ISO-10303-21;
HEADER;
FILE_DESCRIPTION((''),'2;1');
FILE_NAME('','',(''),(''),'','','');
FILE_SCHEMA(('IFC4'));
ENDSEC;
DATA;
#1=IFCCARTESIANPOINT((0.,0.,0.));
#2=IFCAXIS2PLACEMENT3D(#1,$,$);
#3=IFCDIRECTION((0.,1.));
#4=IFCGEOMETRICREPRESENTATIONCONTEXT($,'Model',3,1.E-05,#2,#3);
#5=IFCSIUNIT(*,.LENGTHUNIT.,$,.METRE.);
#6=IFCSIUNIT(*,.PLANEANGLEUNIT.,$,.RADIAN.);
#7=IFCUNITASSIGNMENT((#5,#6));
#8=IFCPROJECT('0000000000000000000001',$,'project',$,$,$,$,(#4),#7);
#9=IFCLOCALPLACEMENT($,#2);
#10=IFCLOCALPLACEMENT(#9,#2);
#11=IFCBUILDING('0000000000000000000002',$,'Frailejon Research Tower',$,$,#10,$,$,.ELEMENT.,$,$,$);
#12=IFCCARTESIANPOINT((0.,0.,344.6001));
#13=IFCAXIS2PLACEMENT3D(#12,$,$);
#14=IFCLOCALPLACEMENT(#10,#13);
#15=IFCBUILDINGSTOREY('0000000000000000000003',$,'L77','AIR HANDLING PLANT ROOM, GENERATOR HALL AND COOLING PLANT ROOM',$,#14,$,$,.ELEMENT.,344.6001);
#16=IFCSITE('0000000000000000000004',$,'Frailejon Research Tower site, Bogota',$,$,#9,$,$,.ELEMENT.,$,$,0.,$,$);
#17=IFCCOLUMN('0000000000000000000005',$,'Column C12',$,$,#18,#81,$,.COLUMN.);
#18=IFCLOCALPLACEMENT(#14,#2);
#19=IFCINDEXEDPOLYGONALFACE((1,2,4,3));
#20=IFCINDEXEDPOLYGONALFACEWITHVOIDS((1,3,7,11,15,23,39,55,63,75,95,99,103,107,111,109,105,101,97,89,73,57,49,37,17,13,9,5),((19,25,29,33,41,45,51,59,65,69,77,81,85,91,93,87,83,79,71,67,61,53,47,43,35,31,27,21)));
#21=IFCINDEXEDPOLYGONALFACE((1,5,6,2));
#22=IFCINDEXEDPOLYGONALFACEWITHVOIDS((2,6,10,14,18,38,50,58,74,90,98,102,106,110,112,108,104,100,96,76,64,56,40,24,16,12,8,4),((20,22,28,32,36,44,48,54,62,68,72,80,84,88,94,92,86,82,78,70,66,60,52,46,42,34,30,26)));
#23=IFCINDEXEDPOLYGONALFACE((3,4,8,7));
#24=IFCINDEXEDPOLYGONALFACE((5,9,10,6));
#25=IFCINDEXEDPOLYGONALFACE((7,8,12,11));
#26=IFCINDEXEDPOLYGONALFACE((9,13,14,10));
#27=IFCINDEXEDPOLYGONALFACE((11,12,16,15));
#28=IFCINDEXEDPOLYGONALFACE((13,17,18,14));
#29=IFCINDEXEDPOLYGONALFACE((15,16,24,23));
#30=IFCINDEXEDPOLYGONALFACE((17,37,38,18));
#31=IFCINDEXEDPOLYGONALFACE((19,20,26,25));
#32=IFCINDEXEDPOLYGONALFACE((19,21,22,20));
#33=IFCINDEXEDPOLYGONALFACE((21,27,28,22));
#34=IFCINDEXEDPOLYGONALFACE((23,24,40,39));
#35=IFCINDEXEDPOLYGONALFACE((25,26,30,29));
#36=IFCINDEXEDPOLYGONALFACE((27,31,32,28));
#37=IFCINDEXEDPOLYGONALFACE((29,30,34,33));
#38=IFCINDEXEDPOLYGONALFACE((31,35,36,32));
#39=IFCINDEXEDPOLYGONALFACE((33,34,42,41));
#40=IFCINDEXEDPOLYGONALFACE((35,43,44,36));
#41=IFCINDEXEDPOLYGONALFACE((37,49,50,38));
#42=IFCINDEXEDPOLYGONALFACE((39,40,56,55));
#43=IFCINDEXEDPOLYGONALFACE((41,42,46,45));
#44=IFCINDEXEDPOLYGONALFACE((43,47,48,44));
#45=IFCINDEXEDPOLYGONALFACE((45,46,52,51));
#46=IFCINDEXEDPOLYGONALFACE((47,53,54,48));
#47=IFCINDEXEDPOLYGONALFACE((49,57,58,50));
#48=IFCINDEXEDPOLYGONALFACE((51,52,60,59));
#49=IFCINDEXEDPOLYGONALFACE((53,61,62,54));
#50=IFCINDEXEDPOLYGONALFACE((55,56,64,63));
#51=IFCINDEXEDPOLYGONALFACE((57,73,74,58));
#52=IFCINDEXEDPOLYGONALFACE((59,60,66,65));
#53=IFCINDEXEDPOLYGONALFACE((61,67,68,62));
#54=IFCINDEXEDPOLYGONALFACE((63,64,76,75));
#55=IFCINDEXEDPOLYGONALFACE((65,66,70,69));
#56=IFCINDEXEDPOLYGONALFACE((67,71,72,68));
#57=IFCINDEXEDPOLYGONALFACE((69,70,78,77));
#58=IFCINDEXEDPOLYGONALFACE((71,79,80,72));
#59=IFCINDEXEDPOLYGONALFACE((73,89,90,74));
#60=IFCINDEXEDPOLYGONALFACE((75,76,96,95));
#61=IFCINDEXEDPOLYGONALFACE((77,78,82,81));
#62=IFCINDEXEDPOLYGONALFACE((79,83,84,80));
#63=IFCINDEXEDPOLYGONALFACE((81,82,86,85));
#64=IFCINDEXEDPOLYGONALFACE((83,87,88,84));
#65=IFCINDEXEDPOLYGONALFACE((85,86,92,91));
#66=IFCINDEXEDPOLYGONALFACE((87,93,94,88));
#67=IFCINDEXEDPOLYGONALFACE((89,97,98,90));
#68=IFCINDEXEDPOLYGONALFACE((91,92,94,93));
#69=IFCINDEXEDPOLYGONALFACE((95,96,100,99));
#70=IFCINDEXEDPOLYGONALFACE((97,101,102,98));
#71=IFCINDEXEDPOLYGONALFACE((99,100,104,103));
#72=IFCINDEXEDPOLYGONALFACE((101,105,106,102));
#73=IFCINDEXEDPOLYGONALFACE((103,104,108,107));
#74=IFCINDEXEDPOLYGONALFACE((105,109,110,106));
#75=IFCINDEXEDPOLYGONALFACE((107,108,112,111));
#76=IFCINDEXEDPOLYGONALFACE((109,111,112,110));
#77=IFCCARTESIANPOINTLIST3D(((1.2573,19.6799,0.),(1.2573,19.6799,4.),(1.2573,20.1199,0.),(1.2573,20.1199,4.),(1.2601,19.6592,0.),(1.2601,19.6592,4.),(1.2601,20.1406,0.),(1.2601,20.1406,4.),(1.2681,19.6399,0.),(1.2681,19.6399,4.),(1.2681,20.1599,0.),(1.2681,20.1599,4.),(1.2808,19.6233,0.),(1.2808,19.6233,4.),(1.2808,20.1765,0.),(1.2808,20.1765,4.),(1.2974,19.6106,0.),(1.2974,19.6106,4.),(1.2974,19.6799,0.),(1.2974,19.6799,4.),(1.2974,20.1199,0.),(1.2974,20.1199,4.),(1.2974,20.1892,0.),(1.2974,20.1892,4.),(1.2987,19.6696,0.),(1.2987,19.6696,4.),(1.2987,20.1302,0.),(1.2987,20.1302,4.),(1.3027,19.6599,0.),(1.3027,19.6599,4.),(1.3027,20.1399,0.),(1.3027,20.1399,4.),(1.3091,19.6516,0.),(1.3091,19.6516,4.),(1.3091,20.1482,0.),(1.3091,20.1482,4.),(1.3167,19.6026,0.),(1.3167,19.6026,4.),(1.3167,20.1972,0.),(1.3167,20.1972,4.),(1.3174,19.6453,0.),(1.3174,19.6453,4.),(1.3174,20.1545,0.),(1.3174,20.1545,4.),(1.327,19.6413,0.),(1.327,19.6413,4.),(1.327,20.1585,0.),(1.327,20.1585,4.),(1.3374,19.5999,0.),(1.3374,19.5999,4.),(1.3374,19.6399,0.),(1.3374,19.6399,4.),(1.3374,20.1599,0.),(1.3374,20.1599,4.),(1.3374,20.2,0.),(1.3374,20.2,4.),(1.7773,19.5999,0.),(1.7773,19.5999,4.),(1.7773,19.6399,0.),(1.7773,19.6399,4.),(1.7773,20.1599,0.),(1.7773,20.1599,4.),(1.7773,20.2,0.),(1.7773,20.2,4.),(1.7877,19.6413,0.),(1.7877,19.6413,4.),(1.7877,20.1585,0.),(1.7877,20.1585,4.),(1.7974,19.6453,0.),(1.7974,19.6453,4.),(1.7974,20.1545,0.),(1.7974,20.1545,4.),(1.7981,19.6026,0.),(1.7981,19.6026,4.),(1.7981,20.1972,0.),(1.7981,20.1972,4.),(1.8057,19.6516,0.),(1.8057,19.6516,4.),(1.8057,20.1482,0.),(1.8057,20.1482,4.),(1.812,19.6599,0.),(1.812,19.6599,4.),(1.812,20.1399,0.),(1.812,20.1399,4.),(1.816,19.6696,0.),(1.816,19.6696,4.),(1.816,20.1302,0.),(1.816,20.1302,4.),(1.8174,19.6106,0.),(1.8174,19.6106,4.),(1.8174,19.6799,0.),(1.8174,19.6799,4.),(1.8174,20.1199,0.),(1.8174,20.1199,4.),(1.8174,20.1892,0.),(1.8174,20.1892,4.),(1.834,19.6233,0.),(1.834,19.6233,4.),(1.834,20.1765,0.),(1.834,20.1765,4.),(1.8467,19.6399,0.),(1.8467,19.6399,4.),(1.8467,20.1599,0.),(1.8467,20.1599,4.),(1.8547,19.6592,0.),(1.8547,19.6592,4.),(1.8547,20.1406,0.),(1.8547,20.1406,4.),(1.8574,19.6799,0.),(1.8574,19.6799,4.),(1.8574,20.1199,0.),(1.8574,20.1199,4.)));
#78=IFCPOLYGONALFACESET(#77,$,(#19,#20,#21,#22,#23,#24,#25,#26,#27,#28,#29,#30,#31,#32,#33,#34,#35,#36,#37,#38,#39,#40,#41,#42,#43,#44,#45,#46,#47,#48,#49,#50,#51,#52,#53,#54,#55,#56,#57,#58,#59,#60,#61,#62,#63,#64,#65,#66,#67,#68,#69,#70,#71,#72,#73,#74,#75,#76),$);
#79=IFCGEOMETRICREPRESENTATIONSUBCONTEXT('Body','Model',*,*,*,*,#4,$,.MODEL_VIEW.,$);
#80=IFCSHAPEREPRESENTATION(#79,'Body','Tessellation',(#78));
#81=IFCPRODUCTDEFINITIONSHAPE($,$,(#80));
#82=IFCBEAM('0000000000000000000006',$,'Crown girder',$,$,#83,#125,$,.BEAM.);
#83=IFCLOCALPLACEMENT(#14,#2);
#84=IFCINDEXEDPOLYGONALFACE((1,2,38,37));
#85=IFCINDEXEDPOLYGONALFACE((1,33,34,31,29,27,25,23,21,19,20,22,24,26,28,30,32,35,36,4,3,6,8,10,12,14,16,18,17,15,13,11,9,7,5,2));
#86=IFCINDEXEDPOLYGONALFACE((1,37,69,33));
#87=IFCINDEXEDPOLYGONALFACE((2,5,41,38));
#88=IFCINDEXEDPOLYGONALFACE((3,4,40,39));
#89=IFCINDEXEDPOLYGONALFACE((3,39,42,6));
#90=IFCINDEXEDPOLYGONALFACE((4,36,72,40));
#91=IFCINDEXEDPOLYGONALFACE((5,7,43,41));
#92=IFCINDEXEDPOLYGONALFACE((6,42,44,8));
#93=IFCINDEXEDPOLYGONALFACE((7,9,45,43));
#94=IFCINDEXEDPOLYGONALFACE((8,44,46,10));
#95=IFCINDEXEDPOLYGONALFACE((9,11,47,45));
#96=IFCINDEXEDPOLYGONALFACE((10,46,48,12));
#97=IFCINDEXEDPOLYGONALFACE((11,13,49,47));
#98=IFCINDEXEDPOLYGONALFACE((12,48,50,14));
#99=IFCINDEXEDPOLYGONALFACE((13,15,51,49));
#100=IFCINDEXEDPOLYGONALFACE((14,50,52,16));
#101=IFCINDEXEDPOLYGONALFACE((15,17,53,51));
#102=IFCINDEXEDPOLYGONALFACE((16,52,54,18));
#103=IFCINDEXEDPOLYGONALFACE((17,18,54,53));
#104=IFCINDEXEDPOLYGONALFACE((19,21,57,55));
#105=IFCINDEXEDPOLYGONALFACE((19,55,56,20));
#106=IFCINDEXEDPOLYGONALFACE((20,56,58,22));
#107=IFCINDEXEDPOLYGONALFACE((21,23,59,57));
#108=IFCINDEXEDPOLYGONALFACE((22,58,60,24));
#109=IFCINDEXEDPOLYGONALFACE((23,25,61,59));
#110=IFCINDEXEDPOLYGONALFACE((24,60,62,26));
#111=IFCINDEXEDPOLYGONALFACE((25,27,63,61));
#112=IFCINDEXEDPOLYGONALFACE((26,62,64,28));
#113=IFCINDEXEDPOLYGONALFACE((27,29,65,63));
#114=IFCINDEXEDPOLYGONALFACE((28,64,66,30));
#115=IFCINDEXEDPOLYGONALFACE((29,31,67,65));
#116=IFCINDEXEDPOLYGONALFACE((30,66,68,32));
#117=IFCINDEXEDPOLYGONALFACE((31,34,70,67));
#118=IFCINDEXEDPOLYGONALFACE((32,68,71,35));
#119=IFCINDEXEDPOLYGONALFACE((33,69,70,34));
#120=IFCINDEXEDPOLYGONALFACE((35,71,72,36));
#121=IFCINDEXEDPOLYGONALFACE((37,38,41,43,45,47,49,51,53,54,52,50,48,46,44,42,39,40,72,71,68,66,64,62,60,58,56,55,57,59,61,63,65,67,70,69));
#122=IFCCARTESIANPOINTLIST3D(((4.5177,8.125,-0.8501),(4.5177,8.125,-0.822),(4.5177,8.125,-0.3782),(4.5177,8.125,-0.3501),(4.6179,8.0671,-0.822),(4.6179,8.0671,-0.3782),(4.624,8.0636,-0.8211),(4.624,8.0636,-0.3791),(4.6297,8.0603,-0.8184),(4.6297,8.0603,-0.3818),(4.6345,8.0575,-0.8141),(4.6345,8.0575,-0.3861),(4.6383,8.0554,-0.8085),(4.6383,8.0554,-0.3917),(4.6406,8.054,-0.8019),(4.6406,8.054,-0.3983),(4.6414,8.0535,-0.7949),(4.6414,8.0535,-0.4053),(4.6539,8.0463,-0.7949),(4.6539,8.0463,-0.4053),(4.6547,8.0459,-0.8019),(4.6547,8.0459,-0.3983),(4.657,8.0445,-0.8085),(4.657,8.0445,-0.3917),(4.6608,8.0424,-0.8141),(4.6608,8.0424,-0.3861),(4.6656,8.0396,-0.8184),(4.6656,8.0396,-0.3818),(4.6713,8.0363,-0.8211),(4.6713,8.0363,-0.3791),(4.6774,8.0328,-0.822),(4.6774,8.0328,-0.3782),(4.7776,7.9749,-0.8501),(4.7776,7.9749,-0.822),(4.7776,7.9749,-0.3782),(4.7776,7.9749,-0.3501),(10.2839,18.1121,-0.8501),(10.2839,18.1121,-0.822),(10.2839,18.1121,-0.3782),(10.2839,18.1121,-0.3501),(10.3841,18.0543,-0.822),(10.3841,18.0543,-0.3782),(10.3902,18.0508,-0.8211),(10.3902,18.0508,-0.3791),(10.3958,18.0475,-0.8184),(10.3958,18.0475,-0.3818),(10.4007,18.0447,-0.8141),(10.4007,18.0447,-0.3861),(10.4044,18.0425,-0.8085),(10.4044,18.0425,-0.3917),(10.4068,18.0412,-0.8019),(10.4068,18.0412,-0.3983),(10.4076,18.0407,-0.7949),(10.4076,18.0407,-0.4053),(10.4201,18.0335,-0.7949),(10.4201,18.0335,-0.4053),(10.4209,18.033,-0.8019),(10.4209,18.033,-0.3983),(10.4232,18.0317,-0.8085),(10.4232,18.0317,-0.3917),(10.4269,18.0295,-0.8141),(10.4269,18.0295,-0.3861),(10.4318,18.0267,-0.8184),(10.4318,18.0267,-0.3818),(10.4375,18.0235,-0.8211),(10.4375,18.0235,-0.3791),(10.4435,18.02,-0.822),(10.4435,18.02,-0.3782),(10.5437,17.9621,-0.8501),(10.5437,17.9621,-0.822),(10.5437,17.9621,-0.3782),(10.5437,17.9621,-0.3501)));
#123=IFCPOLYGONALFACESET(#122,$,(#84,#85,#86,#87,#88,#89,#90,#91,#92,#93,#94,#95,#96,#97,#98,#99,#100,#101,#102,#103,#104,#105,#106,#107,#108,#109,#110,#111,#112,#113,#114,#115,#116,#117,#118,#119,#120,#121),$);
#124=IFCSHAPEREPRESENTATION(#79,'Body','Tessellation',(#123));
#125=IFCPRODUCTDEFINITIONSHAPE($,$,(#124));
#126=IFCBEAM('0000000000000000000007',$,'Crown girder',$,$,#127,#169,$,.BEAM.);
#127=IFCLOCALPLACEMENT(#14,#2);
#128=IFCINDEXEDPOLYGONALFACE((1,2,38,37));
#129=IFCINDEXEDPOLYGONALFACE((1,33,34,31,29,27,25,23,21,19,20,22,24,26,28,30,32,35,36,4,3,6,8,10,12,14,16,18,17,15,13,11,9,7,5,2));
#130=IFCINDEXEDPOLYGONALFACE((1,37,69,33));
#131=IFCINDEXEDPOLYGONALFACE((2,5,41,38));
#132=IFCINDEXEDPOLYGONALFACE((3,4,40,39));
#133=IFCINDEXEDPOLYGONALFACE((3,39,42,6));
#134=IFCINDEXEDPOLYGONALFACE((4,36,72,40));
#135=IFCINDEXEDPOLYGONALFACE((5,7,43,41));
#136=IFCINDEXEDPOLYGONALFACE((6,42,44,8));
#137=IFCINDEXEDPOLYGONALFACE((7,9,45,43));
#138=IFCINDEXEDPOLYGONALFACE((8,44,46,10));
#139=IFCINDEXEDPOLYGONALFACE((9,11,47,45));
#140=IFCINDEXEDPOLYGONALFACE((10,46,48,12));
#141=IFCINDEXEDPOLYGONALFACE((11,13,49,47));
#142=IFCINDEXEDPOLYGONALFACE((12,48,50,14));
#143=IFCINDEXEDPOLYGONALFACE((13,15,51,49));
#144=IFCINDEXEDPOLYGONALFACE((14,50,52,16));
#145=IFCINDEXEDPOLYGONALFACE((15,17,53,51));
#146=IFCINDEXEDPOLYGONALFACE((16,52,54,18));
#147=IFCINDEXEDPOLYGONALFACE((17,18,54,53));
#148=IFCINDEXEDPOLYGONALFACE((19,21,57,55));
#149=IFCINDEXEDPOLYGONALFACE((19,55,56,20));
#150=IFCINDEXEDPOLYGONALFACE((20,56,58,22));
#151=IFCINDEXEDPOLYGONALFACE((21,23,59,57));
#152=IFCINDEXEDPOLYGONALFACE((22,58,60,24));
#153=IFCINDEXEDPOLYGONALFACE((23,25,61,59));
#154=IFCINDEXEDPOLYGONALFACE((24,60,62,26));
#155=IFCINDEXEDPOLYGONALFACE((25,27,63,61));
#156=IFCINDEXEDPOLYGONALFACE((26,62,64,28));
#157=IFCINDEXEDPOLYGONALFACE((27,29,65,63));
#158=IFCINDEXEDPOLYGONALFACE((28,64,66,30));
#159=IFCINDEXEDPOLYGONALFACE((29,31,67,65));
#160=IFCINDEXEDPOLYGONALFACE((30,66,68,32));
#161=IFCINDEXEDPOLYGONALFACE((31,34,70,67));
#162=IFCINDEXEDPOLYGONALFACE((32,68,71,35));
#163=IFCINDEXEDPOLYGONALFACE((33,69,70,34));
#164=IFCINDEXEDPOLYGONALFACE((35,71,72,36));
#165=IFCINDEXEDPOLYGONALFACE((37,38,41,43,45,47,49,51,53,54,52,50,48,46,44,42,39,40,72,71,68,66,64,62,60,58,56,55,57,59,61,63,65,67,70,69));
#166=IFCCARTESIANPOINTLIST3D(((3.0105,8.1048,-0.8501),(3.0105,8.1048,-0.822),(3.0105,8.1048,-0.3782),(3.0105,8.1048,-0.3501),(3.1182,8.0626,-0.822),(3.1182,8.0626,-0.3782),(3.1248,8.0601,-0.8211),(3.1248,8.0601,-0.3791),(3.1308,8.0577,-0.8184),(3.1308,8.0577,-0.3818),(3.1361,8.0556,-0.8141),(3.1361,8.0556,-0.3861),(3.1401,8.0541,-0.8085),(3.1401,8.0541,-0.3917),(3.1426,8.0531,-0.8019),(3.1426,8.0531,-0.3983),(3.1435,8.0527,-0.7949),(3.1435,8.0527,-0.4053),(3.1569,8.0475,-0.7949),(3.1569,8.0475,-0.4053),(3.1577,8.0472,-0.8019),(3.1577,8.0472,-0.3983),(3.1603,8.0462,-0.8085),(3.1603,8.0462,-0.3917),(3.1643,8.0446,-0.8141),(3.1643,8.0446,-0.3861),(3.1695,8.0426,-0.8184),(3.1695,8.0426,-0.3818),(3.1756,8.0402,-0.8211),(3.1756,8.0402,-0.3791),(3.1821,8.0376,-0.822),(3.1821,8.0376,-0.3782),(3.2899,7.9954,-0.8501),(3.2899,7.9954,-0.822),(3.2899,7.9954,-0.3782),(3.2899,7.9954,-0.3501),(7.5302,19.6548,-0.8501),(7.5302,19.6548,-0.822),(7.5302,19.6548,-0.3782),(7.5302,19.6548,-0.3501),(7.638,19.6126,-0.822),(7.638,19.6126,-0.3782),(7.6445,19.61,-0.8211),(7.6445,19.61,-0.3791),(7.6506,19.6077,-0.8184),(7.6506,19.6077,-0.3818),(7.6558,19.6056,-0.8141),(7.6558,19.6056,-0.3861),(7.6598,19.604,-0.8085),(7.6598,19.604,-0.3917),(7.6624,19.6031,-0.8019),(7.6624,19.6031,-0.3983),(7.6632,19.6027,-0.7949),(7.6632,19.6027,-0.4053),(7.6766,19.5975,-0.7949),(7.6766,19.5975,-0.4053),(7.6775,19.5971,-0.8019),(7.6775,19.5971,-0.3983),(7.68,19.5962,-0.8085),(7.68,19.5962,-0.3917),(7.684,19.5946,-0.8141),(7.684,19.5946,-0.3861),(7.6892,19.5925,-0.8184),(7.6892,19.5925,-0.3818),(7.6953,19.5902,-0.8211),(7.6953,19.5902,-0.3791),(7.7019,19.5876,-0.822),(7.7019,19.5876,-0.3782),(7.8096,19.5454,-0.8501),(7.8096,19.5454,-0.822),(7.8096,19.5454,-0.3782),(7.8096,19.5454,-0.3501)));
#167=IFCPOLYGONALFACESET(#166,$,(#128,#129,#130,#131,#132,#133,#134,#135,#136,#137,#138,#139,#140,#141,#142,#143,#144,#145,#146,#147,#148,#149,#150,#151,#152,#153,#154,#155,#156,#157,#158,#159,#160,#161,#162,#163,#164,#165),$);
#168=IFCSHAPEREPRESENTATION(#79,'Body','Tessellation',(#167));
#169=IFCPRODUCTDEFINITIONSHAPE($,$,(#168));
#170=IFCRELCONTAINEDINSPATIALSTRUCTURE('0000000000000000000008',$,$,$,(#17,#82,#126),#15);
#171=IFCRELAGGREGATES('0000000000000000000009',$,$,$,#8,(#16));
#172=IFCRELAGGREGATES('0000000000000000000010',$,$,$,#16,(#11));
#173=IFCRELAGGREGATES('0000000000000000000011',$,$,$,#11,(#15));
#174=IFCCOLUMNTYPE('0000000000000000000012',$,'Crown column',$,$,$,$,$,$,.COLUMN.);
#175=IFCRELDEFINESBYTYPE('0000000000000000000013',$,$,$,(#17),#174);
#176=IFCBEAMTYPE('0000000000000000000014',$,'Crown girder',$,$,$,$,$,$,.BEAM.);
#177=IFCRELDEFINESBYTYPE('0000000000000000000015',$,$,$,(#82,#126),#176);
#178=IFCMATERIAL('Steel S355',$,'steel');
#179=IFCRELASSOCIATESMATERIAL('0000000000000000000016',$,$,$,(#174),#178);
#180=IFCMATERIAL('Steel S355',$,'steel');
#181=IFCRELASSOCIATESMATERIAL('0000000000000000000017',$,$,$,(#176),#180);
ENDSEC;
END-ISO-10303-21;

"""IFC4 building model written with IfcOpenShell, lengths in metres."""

from ifc_helpers import new_model, si_unit, direction, frame, origin, origin_2d, place, context, subcontext, project, spatial, hollow_rectangle, i_section, extrude, material, material_profile, profile_set, type_object, element, save


model = new_model("IFC4")

# Units and contexts
model_context = context("Model", 3, precision=1e-05, world=origin(), true_north=direction((0.0, 1.0)))
body_context = subcontext(model_context, "Body", "Model", "MODEL_VIEW")
ifc_project = project(units=[si_unit("LENGTHUNIT", "METRE"), si_unit("PLANEANGLEUNIT", "RADIAN")], contexts=[model_context])

# Site, building, storey
site_placement = place(None, origin())
site = spatial("IfcSite", under=ifc_project, at=site_placement, Name="Frailejon Research Tower site, Bogota", CompositionType="ELEMENT", RefElevation=0.0)
building_placement = place(site_placement, origin())
building = spatial("IfcBuilding", under=site, at=building_placement, Name="Frailejon Research Tower", CompositionType="ELEMENT")
storey_placement = place(building_placement, frame((0.0, 0.0, 344.6001)))
storey = spatial("IfcBuildingStorey", under=building, at=storey_placement, Name="L77", Description="AIR HANDLING PLANT ROOM, GENERATOR HALL AND COOLING PLANT ROOM", CompositionType="ELEMENT", Elevation=344.6001)

# Column
ifc_material_1 = material(Name="Steel S355", Category="steel")
ifc_material_profile_1 = material_profile(ifc_material_1, hollow_rectangle(XDim=0.6001, YDim=0.6001, WallThickness=0.04, InnerFilletRadius=0.04, OuterFilletRadius=0.0801, at=origin_2d()), Name="Crown column")
ifc_profile_set_1 = profile_set([ifc_material_profile_1], Name="Steel S355")
column_type = type_object("IfcColumnType", Name="Crown column", PredefinedType="COLUMN", material=ifc_profile_set_1)
for number, where, z_axis, x_axis, name in (
    (1, (1.5574, 19.8999, 0.0), (0.0, 0.0, 1.0), (-1.0, 0.0, 0.0), "Column C12"),
):
    element("IfcColumn", number, at=place(storey_placement, frame(where, z_axis=z_axis, x_axis=x_axis)), inside=storey, type_object=column_type, Name=name, PredefinedType="COLUMN", context=body_context, shape_type="SweptSolid", body=[
        extrude(hollow_rectangle(XDim=0.6001, YDim=0.6001, WallThickness=0.04, InnerFilletRadius=0.04, OuterFilletRadius=0.0801, at=origin_2d()), origin(), (0.0, 0.0, 1.0), 4.0),
    ])

# Beams
ifc_material_2 = material(Name="Steel S355", Category="steel")
ifc_material_profile_2 = material_profile(ifc_material_2, i_section(OverallWidth=0.3, OverallDepth=0.5, WebThickness=0.0144, FlangeThickness=0.0281, FilletRadius=0.0271, at=origin_2d()), Name="HE 500 B")
ifc_profile_set_2 = profile_set([ifc_material_profile_2], Name="Steel S355")
beam_type_1 = type_object("IfcBeamType", Name="Crown girder", PredefinedType="BEAM", material=ifc_profile_set_2)
beam_1_placement = place(storey_placement, frame((10.4138, 18.0371, -0.6001), z_axis=(-0.500005, -0.866022, 0.0), x_axis=(0.866022, -0.500005, 0.0)))
element("IfcBeam", 2, at=beam_1_placement, inside=storey, type_object=beam_type_1, Name="Crown girder", PredefinedType="BEAM", context=body_context, shape_type="SweptSolid", body=[
    extrude(i_section(OverallWidth=0.3, OverallDepth=0.5, WebThickness=0.0144, FlangeThickness=0.0281, FilletRadius=0.0271, at=origin_2d()), origin(), (0.0, 0.0, 1.0), 11.5322),
])
beam_2_placement = place(storey_placement, frame((7.6699, 19.6001, -0.6001), z_axis=(-0.364413, -0.931238, 0.0), x_axis=(0.931238, -0.364413, 0.0)))
element("IfcBeam", 3, at=beam_2_placement, inside=storey, type_object=beam_type_1, Name="Crown girder", PredefinedType="BEAM", context=body_context, shape_type="SweptSolid", body=[
    extrude(i_section(OverallWidth=0.3, OverallDepth=0.5, WebThickness=0.0144, FlangeThickness=0.0281, FilletRadius=0.0271, at=origin_2d()), origin(), (0.0, 0.0, 1.0), 12.4028),
])

save(model, "model.ifc")
